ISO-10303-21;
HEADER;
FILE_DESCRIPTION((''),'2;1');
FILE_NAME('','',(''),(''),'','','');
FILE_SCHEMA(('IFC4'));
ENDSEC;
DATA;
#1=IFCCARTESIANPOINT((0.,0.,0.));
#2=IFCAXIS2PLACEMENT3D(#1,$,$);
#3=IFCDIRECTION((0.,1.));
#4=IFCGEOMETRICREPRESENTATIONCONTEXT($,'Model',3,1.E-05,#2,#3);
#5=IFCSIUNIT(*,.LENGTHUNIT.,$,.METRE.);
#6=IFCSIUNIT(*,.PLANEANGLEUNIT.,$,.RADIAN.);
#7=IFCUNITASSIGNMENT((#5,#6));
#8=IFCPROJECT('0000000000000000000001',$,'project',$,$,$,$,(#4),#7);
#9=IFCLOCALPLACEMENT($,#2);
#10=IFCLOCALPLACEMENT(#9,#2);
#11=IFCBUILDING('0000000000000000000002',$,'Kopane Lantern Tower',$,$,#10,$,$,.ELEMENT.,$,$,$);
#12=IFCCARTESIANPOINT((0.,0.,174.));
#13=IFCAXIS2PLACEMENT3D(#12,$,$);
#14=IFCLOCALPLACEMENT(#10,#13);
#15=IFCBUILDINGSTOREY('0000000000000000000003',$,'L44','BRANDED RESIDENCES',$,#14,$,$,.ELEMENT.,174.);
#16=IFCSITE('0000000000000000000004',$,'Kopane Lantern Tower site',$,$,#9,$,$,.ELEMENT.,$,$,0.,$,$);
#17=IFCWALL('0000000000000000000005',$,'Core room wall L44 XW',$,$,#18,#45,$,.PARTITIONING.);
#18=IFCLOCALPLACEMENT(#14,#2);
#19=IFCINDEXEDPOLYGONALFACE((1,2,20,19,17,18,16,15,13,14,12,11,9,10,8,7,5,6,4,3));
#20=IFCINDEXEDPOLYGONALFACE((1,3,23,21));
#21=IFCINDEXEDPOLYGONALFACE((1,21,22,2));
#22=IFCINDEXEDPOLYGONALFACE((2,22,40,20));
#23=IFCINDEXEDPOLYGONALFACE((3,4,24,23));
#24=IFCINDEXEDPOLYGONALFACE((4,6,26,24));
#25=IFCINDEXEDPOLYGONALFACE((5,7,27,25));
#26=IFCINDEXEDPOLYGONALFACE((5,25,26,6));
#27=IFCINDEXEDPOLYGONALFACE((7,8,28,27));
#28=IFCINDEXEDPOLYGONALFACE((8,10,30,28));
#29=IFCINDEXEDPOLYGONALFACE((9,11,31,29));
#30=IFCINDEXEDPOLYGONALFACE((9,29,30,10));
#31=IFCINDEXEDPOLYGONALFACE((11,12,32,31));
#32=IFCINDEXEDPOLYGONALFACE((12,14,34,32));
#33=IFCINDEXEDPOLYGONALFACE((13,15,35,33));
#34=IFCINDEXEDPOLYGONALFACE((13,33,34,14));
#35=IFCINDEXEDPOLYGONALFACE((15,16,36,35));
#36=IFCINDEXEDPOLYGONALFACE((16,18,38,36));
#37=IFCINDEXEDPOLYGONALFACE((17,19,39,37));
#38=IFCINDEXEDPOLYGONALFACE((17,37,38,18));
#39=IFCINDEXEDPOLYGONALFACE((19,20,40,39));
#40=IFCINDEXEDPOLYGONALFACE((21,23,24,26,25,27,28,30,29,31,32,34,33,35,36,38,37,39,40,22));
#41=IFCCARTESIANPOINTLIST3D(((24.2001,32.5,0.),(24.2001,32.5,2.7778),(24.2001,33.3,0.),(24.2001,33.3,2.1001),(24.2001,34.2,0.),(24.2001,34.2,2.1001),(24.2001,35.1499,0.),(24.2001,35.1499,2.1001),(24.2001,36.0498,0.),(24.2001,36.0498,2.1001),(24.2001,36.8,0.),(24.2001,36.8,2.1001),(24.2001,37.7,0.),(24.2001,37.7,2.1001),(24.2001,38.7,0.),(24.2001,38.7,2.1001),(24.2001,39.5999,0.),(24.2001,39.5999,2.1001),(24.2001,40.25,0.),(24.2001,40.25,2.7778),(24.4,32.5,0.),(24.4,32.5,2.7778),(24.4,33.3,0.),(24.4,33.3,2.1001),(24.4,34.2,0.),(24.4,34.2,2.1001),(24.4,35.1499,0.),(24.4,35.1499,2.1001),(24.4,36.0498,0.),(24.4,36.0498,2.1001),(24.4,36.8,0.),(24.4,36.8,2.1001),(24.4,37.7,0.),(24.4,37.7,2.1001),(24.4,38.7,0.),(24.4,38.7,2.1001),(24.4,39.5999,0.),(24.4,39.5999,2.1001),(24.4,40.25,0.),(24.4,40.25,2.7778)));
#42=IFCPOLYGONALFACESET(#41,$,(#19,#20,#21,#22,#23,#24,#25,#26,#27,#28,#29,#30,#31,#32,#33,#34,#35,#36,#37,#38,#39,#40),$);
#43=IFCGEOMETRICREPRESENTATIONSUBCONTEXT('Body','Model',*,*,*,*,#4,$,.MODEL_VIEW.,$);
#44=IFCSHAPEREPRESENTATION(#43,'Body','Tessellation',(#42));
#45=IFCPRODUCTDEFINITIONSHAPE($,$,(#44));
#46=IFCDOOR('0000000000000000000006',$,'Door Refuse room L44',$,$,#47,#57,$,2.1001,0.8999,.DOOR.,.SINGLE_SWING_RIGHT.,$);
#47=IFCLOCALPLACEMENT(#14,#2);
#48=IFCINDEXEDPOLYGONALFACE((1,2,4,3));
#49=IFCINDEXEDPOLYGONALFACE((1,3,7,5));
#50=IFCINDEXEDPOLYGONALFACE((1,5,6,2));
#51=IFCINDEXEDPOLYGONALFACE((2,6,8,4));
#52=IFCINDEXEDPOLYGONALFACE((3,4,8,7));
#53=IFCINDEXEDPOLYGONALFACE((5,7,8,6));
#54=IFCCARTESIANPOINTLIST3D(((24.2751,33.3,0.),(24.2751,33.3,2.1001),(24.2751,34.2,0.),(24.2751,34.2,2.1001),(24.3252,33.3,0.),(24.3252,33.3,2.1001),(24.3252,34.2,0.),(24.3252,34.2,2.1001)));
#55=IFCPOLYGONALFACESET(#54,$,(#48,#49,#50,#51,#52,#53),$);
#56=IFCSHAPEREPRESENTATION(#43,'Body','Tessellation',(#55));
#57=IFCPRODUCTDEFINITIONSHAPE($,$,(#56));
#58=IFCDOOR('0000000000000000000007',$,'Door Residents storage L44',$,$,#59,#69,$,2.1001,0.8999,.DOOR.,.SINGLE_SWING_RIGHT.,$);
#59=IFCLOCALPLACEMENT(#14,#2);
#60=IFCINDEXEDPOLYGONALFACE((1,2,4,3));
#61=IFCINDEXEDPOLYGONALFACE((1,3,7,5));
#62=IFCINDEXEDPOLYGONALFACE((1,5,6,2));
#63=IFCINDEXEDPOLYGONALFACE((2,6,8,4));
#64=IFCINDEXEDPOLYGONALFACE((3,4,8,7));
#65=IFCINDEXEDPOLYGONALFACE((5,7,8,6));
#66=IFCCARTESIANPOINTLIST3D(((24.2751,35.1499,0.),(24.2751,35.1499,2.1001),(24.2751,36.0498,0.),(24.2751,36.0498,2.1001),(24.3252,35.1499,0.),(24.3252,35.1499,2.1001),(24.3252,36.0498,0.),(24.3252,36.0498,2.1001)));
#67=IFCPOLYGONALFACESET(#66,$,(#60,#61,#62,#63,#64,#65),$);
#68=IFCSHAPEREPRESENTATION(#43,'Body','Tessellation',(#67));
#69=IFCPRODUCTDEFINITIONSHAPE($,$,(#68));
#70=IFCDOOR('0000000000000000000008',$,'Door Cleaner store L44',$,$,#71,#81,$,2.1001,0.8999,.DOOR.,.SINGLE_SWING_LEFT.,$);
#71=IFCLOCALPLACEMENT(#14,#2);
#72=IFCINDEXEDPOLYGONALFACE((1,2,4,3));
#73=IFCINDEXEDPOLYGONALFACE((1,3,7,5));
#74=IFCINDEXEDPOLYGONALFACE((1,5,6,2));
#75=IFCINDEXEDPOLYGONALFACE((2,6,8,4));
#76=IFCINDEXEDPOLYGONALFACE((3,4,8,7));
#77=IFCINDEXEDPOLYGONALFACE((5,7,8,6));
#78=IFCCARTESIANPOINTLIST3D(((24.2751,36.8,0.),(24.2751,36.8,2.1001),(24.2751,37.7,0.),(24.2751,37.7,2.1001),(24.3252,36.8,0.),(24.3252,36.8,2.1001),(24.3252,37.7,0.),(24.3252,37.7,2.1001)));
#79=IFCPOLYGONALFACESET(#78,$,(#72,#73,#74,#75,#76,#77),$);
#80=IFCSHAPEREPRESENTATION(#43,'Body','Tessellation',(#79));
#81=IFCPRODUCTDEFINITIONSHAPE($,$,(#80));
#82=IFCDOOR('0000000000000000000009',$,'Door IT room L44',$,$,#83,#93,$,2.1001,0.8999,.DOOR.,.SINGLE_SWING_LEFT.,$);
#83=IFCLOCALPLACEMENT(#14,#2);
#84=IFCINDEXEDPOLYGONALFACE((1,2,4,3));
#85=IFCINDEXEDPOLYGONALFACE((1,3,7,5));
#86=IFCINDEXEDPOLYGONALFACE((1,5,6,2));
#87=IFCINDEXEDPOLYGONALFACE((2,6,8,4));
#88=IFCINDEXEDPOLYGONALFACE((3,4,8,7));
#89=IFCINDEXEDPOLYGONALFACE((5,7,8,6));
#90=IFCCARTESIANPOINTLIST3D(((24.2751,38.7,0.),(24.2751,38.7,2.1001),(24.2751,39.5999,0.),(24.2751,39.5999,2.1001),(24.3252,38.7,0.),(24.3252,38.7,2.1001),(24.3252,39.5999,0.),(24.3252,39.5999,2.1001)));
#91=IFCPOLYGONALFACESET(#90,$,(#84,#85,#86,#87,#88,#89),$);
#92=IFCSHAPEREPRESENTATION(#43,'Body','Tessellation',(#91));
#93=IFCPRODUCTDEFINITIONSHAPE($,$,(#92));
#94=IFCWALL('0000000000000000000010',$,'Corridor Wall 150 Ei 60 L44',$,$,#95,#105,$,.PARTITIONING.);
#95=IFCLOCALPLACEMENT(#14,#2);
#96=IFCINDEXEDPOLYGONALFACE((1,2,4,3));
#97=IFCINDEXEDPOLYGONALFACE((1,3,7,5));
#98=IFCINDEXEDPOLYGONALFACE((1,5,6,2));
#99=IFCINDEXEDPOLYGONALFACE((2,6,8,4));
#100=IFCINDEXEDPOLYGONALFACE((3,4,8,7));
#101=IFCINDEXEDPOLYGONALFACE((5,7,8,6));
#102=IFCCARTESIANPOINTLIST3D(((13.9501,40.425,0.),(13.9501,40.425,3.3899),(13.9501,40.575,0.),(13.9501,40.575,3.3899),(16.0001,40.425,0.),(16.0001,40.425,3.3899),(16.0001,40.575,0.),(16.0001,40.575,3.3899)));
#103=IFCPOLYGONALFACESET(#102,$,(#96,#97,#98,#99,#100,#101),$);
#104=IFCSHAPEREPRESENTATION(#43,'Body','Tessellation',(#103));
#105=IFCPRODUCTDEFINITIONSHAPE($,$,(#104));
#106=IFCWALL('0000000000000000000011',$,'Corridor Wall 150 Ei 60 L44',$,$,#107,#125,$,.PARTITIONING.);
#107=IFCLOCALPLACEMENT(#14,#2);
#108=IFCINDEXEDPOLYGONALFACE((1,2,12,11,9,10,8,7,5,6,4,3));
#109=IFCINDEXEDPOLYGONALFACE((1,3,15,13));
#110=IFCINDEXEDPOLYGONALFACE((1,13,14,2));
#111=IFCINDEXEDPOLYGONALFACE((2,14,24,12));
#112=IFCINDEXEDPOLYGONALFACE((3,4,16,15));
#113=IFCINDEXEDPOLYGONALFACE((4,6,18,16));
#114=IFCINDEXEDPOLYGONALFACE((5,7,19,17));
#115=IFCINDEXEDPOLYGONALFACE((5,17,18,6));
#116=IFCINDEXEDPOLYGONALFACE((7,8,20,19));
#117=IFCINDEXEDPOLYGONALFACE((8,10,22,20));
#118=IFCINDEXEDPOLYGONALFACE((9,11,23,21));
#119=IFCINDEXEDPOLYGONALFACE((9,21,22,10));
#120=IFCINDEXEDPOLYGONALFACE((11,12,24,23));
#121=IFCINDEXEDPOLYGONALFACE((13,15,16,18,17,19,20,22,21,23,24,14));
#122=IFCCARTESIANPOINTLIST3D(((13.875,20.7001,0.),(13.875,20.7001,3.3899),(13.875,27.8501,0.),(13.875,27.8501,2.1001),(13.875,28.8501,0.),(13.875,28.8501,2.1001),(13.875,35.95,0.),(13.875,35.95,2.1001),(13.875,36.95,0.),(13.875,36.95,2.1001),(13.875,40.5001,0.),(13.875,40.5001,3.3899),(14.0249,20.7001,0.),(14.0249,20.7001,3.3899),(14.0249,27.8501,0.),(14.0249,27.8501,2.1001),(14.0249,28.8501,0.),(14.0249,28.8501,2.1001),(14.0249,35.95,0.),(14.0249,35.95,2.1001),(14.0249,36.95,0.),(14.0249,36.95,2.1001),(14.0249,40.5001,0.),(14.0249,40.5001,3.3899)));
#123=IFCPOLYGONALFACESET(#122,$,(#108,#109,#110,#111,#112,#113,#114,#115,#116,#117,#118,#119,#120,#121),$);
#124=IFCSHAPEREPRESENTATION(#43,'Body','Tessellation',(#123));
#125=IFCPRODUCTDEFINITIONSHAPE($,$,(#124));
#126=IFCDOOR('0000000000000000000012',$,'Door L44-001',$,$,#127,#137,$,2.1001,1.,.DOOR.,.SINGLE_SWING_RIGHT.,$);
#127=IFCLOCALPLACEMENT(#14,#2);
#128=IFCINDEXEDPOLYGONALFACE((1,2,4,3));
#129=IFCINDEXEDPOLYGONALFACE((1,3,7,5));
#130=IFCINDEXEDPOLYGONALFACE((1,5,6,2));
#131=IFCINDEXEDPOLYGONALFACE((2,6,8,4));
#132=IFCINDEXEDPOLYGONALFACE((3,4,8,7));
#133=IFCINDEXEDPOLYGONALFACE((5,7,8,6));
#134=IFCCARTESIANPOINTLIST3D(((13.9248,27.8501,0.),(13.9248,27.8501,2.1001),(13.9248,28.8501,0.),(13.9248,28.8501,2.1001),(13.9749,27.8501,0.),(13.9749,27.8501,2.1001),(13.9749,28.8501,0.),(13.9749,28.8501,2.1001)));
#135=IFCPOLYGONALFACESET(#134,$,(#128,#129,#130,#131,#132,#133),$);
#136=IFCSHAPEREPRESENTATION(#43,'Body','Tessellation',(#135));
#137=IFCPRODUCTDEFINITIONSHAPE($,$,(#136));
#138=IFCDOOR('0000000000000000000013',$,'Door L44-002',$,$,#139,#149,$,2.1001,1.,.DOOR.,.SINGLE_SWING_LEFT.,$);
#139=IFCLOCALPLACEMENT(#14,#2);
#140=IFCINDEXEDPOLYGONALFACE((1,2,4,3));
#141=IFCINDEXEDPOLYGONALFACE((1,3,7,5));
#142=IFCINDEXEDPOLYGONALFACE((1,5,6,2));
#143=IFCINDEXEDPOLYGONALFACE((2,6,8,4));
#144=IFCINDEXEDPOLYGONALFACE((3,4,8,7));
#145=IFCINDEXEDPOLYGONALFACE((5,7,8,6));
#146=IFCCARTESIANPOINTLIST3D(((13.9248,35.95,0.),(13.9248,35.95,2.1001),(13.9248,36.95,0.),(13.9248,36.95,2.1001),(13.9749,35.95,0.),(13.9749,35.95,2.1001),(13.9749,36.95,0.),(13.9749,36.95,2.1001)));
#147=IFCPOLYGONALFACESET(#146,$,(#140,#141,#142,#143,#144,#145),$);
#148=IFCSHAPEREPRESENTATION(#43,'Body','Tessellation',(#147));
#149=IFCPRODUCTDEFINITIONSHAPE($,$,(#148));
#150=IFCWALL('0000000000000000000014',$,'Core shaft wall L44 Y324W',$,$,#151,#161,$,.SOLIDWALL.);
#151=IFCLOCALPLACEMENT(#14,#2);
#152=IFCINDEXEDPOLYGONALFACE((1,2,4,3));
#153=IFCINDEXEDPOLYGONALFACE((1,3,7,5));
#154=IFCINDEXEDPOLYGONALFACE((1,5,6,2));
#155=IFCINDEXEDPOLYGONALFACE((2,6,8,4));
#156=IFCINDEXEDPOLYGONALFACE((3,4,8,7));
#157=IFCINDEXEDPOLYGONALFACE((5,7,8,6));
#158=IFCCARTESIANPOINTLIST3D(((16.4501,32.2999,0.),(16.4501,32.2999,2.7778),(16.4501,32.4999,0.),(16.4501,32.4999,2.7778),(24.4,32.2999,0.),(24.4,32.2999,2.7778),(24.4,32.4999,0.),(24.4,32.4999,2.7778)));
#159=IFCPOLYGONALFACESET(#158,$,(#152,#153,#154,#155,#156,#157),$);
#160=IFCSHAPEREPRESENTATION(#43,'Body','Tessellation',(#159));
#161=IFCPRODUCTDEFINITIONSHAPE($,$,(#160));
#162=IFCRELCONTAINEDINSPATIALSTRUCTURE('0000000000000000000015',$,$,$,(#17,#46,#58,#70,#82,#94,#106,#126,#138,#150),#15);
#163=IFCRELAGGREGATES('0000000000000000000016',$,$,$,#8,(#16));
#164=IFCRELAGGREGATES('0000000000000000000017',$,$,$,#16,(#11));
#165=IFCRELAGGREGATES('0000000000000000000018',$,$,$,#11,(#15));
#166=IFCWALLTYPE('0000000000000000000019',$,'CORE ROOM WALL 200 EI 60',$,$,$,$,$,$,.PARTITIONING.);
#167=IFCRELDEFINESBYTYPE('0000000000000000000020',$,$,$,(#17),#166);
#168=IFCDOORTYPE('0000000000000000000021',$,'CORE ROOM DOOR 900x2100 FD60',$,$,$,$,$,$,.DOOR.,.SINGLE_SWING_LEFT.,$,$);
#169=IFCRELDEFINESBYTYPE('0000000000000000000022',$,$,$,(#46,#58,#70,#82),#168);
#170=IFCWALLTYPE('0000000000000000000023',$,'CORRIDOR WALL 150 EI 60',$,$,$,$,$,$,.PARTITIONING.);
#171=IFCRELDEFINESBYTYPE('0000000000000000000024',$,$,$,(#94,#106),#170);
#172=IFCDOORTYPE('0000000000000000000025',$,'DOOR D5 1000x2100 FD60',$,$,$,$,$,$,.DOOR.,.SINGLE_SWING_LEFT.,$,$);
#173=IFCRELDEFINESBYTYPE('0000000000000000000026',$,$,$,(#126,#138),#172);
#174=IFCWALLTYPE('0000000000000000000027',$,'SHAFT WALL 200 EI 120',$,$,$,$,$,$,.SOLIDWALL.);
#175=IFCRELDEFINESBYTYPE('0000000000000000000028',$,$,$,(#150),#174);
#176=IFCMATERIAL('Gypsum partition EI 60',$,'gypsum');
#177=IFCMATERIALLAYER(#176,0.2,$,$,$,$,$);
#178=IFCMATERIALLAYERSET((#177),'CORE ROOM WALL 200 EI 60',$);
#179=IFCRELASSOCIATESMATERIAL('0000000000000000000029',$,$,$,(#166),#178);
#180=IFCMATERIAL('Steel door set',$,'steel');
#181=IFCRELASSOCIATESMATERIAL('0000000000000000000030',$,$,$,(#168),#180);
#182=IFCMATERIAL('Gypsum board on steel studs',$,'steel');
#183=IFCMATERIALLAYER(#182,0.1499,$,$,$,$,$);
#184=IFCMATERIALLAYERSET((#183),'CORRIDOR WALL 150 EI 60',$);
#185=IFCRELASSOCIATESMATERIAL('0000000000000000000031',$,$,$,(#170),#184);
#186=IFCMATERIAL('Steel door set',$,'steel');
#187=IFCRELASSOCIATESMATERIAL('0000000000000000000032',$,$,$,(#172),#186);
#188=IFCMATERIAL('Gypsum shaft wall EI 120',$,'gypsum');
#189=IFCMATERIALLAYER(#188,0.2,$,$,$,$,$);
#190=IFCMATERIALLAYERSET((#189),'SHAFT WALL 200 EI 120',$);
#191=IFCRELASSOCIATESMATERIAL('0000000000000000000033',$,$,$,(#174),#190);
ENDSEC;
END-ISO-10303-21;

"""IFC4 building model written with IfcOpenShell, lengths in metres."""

from ifc_helpers import new_model, si_unit, direction, frame, frame_2d, origin, place, context, subcontext, project, spatial, rectangle, extrude, material, layer, layer_set, type_object, element, fill, save


model = new_model("IFC4")

# Units and contexts
model_context = context("Model", 3, precision=1e-05, world=origin(), true_north=direction((0.0, 1.0)))
body_context = subcontext(model_context, "Body", "Model", "MODEL_VIEW")
ifc_project = project(units=[si_unit("LENGTHUNIT", "METRE"), si_unit("PLANEANGLEUNIT", "RADIAN")], contexts=[model_context])

# Site, building, storey
site_placement = place(None, origin())
site = spatial("IfcSite", under=ifc_project, at=site_placement, Name="Kopane Lantern Tower site", CompositionType="ELEMENT", RefElevation=0.0)
building_placement = place(site_placement, origin())
building = spatial("IfcBuilding", under=site, at=building_placement, Name="Kopane Lantern Tower", CompositionType="ELEMENT")
storey_placement = place(building_placement, frame((0.0, 0.0, 174.0)))
storey = spatial("IfcBuildingStorey", under=building, at=storey_placement, Name="L44", Description="BRANDED RESIDENCES", CompositionType="ELEMENT", Elevation=174.0)

# Wall, openings, doors
ifc_material_1 = material(Name="Gypsum partition EI 60", Category="gypsum")
ifc_layer_1 = layer(ifc_material_1, 0.2)
ifc_layer_set_1 = layer_set([ifc_layer_1], Name="CORE ROOM WALL 200 EI 60")
wall_type_1 = type_object("IfcWallType", Name="CORE ROOM WALL 200 EI 60", PredefinedType="PARTITIONING", material=ifc_layer_set_1)
wall_1_placement = place(storey_placement, frame((24.3, 32.5, 0.0), z_axis=(0.0, 0.0, 1.0), x_axis=(0.0, 1.0, 0.0)))
wall_1 = element("IfcWall", 1, at=wall_1_placement, inside=storey, type_object=wall_type_1, Name="Core room wall L44 XW", PredefinedType="PARTITIONING", context=body_context, shape_type="SweptSolid", body=[
    extrude(rectangle(XDim=7.75, YDim=0.2, at=frame_2d((3.875, 0.0))), origin(), (0.0, 0.0, 1.0), 2.7778),
])
opening_1_placement = place(wall_1_placement, frame((0.8, 0.0, 0.0)))
opening_1 = element("IfcOpeningElement", 2, at=opening_1_placement, cuts=wall_1, PredefinedType="OPENING", context=body_context, shape_type="SweptSolid", body=[
    extrude(rectangle(XDim=0.8999, YDim=2.1001, at=frame_2d((0.45, 1.05))), frame((0.0, 0.1099, 0.0), z_axis=(0.0, -1.0, 0.0), x_axis=(1.0, 0.0, 0.0)), (0.0, 0.0, 1.0), 0.22),
])
opening_2_placement = place(wall_1_placement, frame((2.6499, 0.0, 0.0)))
opening_2 = element("IfcOpeningElement", 3, at=opening_2_placement, cuts=wall_1, PredefinedType="OPENING", context=body_context, shape_type="SweptSolid", body=[
    extrude(rectangle(XDim=0.8999, YDim=2.1001, at=frame_2d((0.45, 1.05))), frame((0.0, 0.1099, 0.0), z_axis=(0.0, -1.0, 0.0), x_axis=(1.0, 0.0, 0.0)), (0.0, 0.0, 1.0), 0.22),
])
opening_3_placement = place(wall_1_placement, frame((4.3, 0.0, 0.0)))
opening_3 = element("IfcOpeningElement", 4, at=opening_3_placement, cuts=wall_1, PredefinedType="OPENING", context=body_context, shape_type="SweptSolid", body=[
    extrude(rectangle(XDim=0.8999, YDim=2.1001, at=frame_2d((0.45, 1.05))), frame((0.0, 0.1099, 0.0), z_axis=(0.0, -1.0, 0.0), x_axis=(1.0, 0.0, 0.0)), (0.0, 0.0, 1.0), 0.22),
])
opening_4_placement = place(wall_1_placement, frame((6.2, 0.0, 0.0)))
opening_4 = element("IfcOpeningElement", 5, at=opening_4_placement, cuts=wall_1, PredefinedType="OPENING", context=body_context, shape_type="SweptSolid", body=[
    extrude(rectangle(XDim=0.8999, YDim=2.1001, at=frame_2d((0.45, 1.05))), frame((0.0, 0.1099, 0.0), z_axis=(0.0, -1.0, 0.0), x_axis=(1.0, 0.0, 0.0)), (0.0, 0.0, 1.0), 0.22),
])
ifc_material_2 = material(Name="Steel door set", Category="steel")
door_type_1 = type_object("IfcDoorType", Name="CORE ROOM DOOR 900x2100 FD60", OperationType="SINGLE_SWING_LEFT", PredefinedType="DOOR", material=ifc_material_2)
door_1_placement = place(opening_1_placement, origin())
door_1 = element("IfcDoor", 6, at=door_1_placement, inside=storey, type_object=door_type_1, Name="Door Refuse room L44", OperationType="SINGLE_SWING_RIGHT", OverallHeight=2.1001, OverallWidth=0.8999, PredefinedType="DOOR", context=body_context, shape_type="SweptSolid", body=[
    extrude(rectangle(XDim=0.8999, YDim=2.1001, at=frame_2d((0.45, 1.05))), frame((0.0, 0.0249, 0.0), z_axis=(0.0, -1.0, 0.0), x_axis=(1.0, 0.0, 0.0)), (0.0, 0.0, 1.0), 0.05),
])
fill(opening_1, door_1)
door_2_placement = place(opening_2_placement, origin())
door_2 = element("IfcDoor", 7, at=door_2_placement, inside=storey, type_object=door_type_1, Name="Door Residents storage L44", OperationType="SINGLE_SWING_RIGHT", OverallHeight=2.1001, OverallWidth=0.8999, PredefinedType="DOOR", context=body_context, shape_type="SweptSolid", body=[
    extrude(rectangle(XDim=0.8999, YDim=2.1001, at=frame_2d((0.45, 1.05))), frame((0.0, 0.0249, 0.0), z_axis=(0.0, -1.0, 0.0), x_axis=(1.0, 0.0, 0.0)), (0.0, 0.0, 1.0), 0.05),
])
fill(opening_2, door_2)
door_3_placement = place(opening_3_placement, origin())
door_3 = element("IfcDoor", 8, at=door_3_placement, inside=storey, type_object=door_type_1, Name="Door Cleaner store L44", OperationType="SINGLE_SWING_LEFT", OverallHeight=2.1001, OverallWidth=0.8999, PredefinedType="DOOR", context=body_context, shape_type="SweptSolid", body=[
    extrude(rectangle(XDim=0.8999, YDim=2.1001, at=frame_2d((0.45, 1.05))), frame((0.0, 0.0249, 0.0), z_axis=(0.0, -1.0, 0.0), x_axis=(1.0, 0.0, 0.0)), (0.0, 0.0, 1.0), 0.05),
])
fill(opening_3, door_3)
door_4_placement = place(opening_4_placement, origin())
door_4 = element("IfcDoor", 9, at=door_4_placement, inside=storey, type_object=door_type_1, Name="Door IT room L44", OperationType="SINGLE_SWING_LEFT", OverallHeight=2.1001, OverallWidth=0.8999, PredefinedType="DOOR", context=body_context, shape_type="SweptSolid", body=[
    extrude(rectangle(XDim=0.8999, YDim=2.1001, at=frame_2d((0.45, 1.05))), frame((0.0, 0.0249, 0.0), z_axis=(0.0, -1.0, 0.0), x_axis=(1.0, 0.0, 0.0)), (0.0, 0.0, 1.0), 0.05),
])
fill(opening_4, door_4)

# Wall
ifc_material_3 = material(Name="Gypsum board on steel studs", Category="steel")
ifc_layer_2 = layer(ifc_material_3, 0.1499)
ifc_layer_set_2 = layer_set([ifc_layer_2], Name="CORRIDOR WALL 150 EI 60")
wall_type_2 = type_object("IfcWallType", Name="CORRIDOR WALL 150 EI 60", PredefinedType="PARTITIONING", material=ifc_layer_set_2)
wall_2_placement = place(storey_placement, frame((16.0, 40.5, 0.0), z_axis=(0.0, 0.0, 1.0), x_axis=(-1.0, 0.0, 0.0)))
element("IfcWall", 10, at=wall_2_placement, inside=storey, type_object=wall_type_2, Name="Corridor Wall 150 Ei 60 L44", PredefinedType="PARTITIONING", context=body_context, shape_type="SweptSolid", body=[
    extrude(rectangle(XDim=2.05, YDim=0.1499, at=frame_2d((1.0249, 0.0))), origin(), (0.0, 0.0, 1.0), 3.3899),
])

# Wall, openings, doors
wall_3_placement = place(storey_placement, frame((13.95, 40.5, 0.0), z_axis=(0.0, 0.0, 1.0), x_axis=(0.0, -1.0, 0.0)))
wall_3 = element("IfcWall", 11, at=wall_3_placement, inside=storey, type_object=wall_type_2, Name="Corridor Wall 150 Ei 60 L44", PredefinedType="PARTITIONING", context=body_context, shape_type="SweptSolid", body=[
    extrude(rectangle(XDim=19.8, YDim=0.1499, at=frame_2d((9.8999, 0.0))), origin(), (0.0, 0.0, 1.0), 3.3899),
])
opening_5_placement = place(wall_3_placement, frame((11.6499, 0.0, 0.0)))
opening_5 = element("IfcOpeningElement", 12, at=opening_5_placement, cuts=wall_3, PredefinedType="OPENING", context=body_context, shape_type="SweptSolid", body=[
    extrude(rectangle(XDim=1.0, YDim=2.1001, at=frame_2d((0.5, 1.05))), frame((0.0, 0.085, 0.0), z_axis=(0.0, -1.0, 0.0), x_axis=(1.0, 0.0, 0.0)), (0.0, 0.0, 1.0), 0.1699),
])
opening_6_placement = place(wall_3_placement, frame((3.55, 0.0, 0.0)))
opening_6 = element("IfcOpeningElement", 13, at=opening_6_placement, cuts=wall_3, PredefinedType="OPENING", context=body_context, shape_type="SweptSolid", body=[
    extrude(rectangle(XDim=1.0, YDim=2.1001, at=frame_2d((0.5, 1.05))), frame((0.0, 0.085, 0.0), z_axis=(0.0, -1.0, 0.0), x_axis=(1.0, 0.0, 0.0)), (0.0, 0.0, 1.0), 0.1699),
])
ifc_material_4 = material(Name="Steel door set", Category="steel")
door_type_2 = type_object("IfcDoorType", Name="DOOR D5 1000x2100 FD60", OperationType="SINGLE_SWING_LEFT", PredefinedType="DOOR", material=ifc_material_4)
door_5_placement = place(opening_5_placement, origin())
door_5 = element("IfcDoor", 14, at=door_5_placement, inside=storey, type_object=door_type_2, Name="Door L44-001", OperationType="SINGLE_SWING_RIGHT", OverallHeight=2.1001, OverallWidth=1.0, PredefinedType="DOOR", context=body_context, shape_type="SweptSolid", body=[
    extrude(rectangle(XDim=1.0, YDim=2.1001, at=frame_2d((0.5, 1.05))), frame((0.0, 0.0249, 0.0), z_axis=(0.0, -1.0, 0.0), x_axis=(1.0, 0.0, 0.0)), (0.0, 0.0, 1.0), 0.05),
])
fill(opening_5, door_5)
door_6_placement = place(opening_6_placement, origin())
door_6 = element("IfcDoor", 15, at=door_6_placement, inside=storey, type_object=door_type_2, Name="Door L44-002", OperationType="SINGLE_SWING_LEFT", OverallHeight=2.1001, OverallWidth=1.0, PredefinedType="DOOR", context=body_context, shape_type="SweptSolid", body=[
    extrude(rectangle(XDim=1.0, YDim=2.1001, at=frame_2d((0.5, 1.05))), frame((0.0, 0.0249, 0.0), z_axis=(0.0, -1.0, 0.0), x_axis=(1.0, 0.0, 0.0)), (0.0, 0.0, 1.0), 0.05),
])
fill(opening_6, door_6)

# Wall
ifc_material_5 = material(Name="Gypsum shaft wall EI 120", Category="gypsum")
ifc_layer_3 = layer(ifc_material_5, 0.2)
ifc_layer_set_3 = layer_set([ifc_layer_3], Name="SHAFT WALL 200 EI 120")
wall_type_3 = type_object("IfcWallType", Name="SHAFT WALL 200 EI 120", PredefinedType="SOLIDWALL", material=ifc_layer_set_3)
wall_4_placement = place(storey_placement, frame((16.45, 32.3999, 0.0), z_axis=(0.0, 0.0, 1.0), x_axis=(1.0, 0.0, 0.0)))
element("IfcWall", 16, at=wall_4_placement, inside=storey, type_object=wall_type_3, Name="Core shaft wall L44 Y324W", PredefinedType="SOLIDWALL", context=body_context, shape_type="SweptSolid", body=[
    extrude(rectangle(XDim=7.95, YDim=0.2, at=frame_2d((3.9751, 0.0))), origin(), (0.0, 0.0, 1.0), 2.7778),
])

save(model, "model.ifc")
